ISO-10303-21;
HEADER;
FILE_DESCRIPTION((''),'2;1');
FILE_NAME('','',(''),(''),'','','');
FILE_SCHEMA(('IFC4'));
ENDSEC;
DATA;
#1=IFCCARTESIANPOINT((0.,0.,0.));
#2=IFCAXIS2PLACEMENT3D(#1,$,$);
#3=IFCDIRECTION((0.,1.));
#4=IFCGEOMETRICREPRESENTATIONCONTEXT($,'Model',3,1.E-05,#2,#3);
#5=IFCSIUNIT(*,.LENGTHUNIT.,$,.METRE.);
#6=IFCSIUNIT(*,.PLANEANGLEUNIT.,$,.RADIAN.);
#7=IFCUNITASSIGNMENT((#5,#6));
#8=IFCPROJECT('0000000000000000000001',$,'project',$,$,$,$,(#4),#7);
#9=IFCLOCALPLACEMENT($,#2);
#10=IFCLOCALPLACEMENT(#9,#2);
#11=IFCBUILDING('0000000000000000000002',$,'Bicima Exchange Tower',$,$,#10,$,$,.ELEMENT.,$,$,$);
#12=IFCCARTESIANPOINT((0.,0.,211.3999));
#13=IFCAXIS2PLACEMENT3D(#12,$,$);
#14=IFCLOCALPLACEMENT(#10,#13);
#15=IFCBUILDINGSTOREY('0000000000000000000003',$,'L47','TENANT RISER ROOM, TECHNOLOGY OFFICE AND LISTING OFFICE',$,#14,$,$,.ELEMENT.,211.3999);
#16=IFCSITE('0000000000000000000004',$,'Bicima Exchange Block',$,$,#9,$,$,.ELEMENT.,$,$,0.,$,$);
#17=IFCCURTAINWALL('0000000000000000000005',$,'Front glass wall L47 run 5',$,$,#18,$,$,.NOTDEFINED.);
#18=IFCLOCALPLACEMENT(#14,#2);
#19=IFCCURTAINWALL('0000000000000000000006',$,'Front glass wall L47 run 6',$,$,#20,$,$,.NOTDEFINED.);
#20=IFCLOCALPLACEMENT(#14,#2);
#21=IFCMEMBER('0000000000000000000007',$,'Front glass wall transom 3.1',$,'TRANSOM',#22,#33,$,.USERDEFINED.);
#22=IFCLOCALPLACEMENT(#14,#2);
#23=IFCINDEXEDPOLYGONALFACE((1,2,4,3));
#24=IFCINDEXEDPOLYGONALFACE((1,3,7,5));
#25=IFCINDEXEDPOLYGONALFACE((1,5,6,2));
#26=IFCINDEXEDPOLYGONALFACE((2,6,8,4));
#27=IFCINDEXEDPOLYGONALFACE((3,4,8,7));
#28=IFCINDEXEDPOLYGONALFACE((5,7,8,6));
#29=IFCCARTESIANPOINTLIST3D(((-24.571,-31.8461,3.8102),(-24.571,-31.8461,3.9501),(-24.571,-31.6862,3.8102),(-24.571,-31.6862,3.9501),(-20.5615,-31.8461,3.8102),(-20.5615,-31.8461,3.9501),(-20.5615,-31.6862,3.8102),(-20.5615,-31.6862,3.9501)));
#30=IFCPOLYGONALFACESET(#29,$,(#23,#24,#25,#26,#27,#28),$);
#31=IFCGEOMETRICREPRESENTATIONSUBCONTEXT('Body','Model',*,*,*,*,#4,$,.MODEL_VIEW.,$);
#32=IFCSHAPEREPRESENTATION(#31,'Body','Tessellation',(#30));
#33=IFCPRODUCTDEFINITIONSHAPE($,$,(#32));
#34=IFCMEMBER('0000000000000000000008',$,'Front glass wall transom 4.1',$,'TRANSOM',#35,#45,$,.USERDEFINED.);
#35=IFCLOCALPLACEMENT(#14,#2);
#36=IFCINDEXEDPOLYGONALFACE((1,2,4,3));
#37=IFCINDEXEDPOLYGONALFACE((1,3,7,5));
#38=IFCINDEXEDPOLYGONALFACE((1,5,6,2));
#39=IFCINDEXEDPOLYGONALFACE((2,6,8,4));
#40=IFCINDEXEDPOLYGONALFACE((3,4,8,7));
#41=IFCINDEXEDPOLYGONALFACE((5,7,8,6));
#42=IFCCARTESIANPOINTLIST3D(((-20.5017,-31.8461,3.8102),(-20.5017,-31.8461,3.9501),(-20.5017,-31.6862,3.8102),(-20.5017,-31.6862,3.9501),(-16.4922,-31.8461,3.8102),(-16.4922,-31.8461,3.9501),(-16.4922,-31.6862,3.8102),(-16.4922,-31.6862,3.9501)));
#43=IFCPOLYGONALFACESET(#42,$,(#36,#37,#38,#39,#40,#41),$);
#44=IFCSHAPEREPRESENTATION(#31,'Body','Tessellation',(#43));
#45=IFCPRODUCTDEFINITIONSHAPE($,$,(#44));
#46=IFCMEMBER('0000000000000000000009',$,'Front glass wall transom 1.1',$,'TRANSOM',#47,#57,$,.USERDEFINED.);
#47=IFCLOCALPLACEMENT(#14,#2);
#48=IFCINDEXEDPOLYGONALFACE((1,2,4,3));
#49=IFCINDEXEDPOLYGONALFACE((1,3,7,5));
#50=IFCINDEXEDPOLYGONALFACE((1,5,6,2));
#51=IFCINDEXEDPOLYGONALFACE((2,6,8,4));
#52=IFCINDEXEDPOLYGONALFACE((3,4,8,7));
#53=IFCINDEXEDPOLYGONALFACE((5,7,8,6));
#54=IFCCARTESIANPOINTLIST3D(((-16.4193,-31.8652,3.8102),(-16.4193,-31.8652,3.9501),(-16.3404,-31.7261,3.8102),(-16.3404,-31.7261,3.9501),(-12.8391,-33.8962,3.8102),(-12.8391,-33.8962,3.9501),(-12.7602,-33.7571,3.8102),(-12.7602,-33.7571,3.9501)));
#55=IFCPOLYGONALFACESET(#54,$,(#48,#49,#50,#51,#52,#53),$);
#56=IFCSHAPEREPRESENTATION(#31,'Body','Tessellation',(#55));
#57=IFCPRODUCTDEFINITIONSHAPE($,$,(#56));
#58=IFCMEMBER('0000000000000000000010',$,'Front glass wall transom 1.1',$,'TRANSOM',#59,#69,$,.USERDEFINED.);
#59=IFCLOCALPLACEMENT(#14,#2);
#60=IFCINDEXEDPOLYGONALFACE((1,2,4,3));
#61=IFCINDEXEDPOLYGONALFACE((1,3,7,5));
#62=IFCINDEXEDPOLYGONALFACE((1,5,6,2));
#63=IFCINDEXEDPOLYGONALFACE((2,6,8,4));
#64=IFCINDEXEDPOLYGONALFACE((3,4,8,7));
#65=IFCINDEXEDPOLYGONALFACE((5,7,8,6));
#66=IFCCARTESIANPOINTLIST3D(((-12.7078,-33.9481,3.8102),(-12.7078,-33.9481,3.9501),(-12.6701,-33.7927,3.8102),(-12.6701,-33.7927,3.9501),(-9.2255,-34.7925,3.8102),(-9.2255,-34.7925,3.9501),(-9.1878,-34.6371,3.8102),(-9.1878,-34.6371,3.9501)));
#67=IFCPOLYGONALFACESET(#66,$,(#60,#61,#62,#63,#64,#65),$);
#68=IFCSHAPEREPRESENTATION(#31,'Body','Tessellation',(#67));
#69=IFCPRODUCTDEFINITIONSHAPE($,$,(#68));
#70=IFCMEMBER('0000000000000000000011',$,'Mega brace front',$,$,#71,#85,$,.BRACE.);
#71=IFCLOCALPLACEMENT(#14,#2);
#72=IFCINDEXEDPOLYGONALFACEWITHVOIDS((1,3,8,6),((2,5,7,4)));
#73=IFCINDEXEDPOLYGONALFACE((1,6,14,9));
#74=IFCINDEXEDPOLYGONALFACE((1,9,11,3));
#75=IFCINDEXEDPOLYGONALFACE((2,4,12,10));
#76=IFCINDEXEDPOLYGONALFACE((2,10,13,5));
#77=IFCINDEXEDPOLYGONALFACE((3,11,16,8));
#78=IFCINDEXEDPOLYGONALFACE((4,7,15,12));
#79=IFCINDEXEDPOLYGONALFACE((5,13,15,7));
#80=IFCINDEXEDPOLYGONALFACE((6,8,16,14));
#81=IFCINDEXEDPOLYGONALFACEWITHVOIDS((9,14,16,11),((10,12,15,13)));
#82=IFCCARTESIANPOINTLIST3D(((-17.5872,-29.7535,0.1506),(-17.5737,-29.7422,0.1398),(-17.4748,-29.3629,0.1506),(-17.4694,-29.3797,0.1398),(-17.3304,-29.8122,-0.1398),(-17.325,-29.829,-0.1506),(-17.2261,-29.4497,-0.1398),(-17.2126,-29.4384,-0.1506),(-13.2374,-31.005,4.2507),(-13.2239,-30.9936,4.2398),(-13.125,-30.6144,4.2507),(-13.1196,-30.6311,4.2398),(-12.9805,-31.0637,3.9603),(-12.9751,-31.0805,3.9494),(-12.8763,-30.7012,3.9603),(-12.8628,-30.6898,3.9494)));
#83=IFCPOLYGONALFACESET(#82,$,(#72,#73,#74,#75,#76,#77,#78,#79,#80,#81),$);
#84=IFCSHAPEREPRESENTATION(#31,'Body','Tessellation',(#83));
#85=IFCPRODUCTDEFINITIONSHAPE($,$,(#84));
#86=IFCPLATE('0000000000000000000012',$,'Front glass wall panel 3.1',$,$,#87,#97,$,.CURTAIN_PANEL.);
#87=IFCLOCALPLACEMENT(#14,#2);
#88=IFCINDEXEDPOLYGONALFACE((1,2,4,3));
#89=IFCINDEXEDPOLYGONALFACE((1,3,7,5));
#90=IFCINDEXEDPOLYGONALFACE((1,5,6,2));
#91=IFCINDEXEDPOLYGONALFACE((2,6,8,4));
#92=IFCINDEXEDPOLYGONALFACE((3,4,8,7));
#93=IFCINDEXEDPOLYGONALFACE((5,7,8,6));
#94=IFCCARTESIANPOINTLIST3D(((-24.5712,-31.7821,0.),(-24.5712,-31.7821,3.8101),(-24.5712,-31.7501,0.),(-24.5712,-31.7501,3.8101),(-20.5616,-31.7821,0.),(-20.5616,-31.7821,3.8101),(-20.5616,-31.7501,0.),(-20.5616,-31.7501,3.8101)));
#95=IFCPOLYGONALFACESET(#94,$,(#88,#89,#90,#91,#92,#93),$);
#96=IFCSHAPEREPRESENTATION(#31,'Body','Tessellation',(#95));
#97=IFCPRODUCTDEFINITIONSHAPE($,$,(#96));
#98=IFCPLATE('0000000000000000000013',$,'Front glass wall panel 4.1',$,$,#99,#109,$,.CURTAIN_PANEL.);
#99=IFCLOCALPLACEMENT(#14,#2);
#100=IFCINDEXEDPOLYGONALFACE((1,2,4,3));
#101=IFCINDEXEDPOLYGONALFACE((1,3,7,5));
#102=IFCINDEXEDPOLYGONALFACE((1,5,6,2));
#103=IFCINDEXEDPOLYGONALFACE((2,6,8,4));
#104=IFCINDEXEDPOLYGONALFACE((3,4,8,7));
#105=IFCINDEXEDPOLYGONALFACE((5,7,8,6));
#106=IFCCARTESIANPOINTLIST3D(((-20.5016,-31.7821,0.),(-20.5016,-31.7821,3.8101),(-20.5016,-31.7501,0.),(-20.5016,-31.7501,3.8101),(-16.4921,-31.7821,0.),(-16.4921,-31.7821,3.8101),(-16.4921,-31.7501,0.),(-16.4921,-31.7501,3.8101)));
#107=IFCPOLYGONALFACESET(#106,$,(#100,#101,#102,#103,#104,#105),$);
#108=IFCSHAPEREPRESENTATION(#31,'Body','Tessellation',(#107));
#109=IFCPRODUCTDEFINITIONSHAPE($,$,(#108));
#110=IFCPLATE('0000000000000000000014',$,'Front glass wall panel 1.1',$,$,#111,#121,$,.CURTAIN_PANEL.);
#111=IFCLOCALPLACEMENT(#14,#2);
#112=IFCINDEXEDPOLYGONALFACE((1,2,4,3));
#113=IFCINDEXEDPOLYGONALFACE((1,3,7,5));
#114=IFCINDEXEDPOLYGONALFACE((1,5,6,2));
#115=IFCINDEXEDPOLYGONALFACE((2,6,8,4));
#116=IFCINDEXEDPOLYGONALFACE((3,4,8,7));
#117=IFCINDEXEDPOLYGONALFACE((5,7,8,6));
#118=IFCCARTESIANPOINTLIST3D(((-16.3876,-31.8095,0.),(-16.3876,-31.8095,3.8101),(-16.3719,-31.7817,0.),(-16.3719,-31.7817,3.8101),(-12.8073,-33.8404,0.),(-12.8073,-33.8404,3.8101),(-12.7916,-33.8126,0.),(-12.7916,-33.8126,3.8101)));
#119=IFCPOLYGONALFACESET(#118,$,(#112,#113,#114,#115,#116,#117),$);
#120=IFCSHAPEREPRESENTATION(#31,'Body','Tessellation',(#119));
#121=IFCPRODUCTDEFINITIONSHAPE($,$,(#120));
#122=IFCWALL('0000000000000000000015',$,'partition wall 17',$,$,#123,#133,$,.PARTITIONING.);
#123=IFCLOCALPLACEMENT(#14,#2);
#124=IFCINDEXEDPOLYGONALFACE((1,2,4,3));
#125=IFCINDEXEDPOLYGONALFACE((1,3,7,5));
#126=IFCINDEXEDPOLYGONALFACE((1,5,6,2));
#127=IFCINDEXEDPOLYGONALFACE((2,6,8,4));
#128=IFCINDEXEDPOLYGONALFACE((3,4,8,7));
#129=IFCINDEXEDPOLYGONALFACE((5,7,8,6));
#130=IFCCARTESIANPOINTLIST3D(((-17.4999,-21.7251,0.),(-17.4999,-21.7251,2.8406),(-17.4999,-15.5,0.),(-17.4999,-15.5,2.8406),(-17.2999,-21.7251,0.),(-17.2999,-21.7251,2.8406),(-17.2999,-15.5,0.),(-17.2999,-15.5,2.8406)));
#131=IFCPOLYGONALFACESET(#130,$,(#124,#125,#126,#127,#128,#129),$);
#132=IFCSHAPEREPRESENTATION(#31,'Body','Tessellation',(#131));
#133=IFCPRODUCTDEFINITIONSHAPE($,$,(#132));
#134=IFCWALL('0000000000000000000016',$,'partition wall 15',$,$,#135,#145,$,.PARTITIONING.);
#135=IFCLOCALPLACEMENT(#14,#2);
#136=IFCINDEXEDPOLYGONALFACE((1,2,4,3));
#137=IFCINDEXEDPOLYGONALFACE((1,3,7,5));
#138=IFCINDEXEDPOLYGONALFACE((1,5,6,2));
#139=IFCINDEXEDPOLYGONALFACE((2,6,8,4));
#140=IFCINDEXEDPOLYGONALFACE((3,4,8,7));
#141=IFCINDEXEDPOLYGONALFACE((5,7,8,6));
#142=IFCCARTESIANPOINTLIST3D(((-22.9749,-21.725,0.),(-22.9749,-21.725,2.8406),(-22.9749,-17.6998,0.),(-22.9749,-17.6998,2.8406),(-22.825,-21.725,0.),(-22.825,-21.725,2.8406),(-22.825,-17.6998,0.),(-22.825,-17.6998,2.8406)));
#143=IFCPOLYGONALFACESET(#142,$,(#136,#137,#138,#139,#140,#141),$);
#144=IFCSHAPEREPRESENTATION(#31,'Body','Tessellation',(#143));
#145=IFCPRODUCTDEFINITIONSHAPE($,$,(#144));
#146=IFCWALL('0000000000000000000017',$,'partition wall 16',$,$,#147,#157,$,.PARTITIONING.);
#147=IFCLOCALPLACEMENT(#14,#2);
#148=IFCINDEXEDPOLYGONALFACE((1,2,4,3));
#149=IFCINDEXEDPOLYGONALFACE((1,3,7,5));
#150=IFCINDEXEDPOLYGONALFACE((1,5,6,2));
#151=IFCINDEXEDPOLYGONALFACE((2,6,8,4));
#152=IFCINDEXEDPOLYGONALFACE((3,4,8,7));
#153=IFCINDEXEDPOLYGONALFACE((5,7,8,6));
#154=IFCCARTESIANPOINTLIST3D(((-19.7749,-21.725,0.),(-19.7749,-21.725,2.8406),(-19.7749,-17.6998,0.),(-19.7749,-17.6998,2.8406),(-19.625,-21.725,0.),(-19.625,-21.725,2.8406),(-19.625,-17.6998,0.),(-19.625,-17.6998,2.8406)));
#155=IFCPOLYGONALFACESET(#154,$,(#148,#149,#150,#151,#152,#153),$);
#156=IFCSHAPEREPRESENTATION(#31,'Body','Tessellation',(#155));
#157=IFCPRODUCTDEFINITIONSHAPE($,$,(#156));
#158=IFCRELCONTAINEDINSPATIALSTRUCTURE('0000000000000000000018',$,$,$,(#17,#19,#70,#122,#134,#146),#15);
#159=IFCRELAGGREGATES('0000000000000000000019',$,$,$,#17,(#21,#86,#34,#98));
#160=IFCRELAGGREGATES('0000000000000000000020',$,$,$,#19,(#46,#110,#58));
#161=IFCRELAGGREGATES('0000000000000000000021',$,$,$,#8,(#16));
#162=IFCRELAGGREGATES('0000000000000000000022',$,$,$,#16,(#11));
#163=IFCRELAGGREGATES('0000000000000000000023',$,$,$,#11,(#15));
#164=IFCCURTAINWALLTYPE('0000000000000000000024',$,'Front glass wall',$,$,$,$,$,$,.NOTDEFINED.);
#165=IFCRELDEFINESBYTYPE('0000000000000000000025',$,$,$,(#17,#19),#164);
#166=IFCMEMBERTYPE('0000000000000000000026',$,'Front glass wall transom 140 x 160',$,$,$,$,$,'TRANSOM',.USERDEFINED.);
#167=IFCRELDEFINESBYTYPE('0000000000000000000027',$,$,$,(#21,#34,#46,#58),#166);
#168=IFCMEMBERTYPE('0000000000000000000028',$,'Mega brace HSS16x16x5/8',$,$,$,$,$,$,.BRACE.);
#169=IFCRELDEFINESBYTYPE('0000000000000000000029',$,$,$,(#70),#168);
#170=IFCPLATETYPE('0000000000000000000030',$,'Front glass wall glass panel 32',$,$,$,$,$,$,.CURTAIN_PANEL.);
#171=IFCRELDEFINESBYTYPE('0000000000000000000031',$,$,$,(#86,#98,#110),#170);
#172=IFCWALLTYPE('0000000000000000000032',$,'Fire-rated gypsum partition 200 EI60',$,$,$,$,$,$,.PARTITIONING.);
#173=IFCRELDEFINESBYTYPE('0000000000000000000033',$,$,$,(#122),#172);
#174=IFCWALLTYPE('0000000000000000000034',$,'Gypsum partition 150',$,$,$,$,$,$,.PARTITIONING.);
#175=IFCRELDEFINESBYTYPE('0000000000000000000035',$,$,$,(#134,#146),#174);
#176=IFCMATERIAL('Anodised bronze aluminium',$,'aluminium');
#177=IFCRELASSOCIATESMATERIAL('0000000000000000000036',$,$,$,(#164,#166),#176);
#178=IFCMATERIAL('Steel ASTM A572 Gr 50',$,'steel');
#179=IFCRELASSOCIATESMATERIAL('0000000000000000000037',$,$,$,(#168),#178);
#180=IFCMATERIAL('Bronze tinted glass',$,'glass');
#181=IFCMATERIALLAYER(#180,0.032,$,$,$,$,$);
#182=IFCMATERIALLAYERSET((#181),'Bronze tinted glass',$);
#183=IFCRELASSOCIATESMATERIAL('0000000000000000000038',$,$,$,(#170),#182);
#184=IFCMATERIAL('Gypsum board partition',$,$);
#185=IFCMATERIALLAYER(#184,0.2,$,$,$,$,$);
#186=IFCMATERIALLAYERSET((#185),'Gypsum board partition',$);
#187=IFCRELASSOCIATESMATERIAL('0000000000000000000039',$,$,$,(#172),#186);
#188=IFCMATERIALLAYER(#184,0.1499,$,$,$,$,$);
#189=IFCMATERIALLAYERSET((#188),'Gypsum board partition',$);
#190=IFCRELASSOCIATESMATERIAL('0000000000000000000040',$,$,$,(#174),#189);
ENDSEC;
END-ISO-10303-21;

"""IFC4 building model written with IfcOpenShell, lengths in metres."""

from ifc_helpers import new_model, si_unit, direction, frame, frame_2d, origin, origin_2d, place, context, subcontext, project, spatial, rectangle, hollow_rectangle, extrude, material, layer, layer_set, material_profile, profile_set, type_object, element, aggregate, save


model = new_model("IFC4")

# Units and contexts
model_context = context("Model", 3, precision=1e-05, world=origin(), true_north=direction((0.0, 1.0)))
body_context = subcontext(model_context, "Body", "Model", "MODEL_VIEW")
ifc_project = project(units=[si_unit("LENGTHUNIT", "METRE"), si_unit("PLANEANGLEUNIT", "RADIAN")], contexts=[model_context])

# Site, building, storey
site_placement = place(None, origin())
site = spatial("IfcSite", under=ifc_project, at=site_placement, Name="Bicima Exchange Block", CompositionType="ELEMENT", RefElevation=0.0)
building_placement = place(site_placement, origin())
building = spatial("IfcBuilding", under=site, at=building_placement, Name="Bicima Exchange Tower", CompositionType="ELEMENT")
storey_placement = place(building_placement, frame((0.0, 0.0, 211.3999)))
storey = spatial("IfcBuildingStorey", under=building, at=storey_placement, Name="L47", Description="TENANT RISER ROOM, TECHNOLOGY OFFICE AND LISTING OFFICE", CompositionType="ELEMENT", Elevation=211.3999)

# Shared definitions
ifc_material_1 = material(Name="Steel ASTM A572 Gr 50", Category="steel")

# Curtain walls
ifc_material_2 = material(Name="Anodised bronze aluminium", Category="aluminium")
curtain_wall_type = type_object("IfcCurtainWallType", Name="Front glass wall", PredefinedType="NOTDEFINED", material=ifc_material_2)
curtain_wall_1_placement = place(storey_placement, origin())
curtain_wall_1 = element("IfcCurtainWall", 1, at=curtain_wall_1_placement, inside=storey, type_object=curtain_wall_type, Name="Front glass wall L47 run 5", PredefinedType="NOTDEFINED")
curtain_wall_2_placement = place(storey_placement, origin())
curtain_wall_2 = element("IfcCurtainWall", 2, at=curtain_wall_2_placement, inside=storey, type_object=curtain_wall_type, Name="Front glass wall L47 run 6", PredefinedType="NOTDEFINED")

# Members
ifc_material_profile_1 = material_profile(ifc_material_2, rectangle(XDim=0.1599, YDim=0.1399, at=origin_2d()))
ifc_profile_set_1 = profile_set([ifc_material_profile_1], Name="Anodised bronze aluminium")
member_type_1 = type_object("IfcMemberType", Name="Front glass wall transom 140 x 160", ElementType="TRANSOM", PredefinedType="USERDEFINED", material=ifc_profile_set_1)
member_1_placement = place(storey_placement, frame((-24.571, -31.7661, 3.8801), z_axis=(1.0, 0.0, 0.0), x_axis=(0.0, 1.0, 0.0)))
member_1 = element("IfcMember", 3, at=member_1_placement, type_object=member_type_1, Name="Front glass wall transom 3.1", ObjectType="TRANSOM", PredefinedType="USERDEFINED", context=body_context, shape_type="SweptSolid", body=[
    extrude(rectangle(XDim=0.1599, YDim=0.1399, at=origin_2d()), origin(), (0.0, 0.0, 1.0), 4.0095),
])
member_2_placement = place(storey_placement, frame((-20.5017, -31.7661, 3.8801), z_axis=(1.0, 0.0, 0.0), x_axis=(0.0, 1.0, 0.0)))
member_2 = element("IfcMember", 4, at=member_2_placement, type_object=member_type_1, Name="Front glass wall transom 4.1", ObjectType="TRANSOM", PredefinedType="USERDEFINED", context=body_context, shape_type="SweptSolid", body=[
    extrude(rectangle(XDim=0.1599, YDim=0.1399, at=origin_2d()), origin(), (0.0, 0.0, 1.0), 4.0095),
])
member_3_placement = place(storey_placement, frame((-16.3799, -31.7957, 3.8801), z_axis=(0.869797, -0.493409, 0.0), x_axis=(0.493409, 0.869797, 0.0)))
member_3 = element("IfcMember", 5, at=member_3_placement, type_object=member_type_1, Name="Front glass wall transom 1.1", ObjectType="TRANSOM", PredefinedType="USERDEFINED", context=body_context, shape_type="SweptSolid", body=[
    extrude(rectangle(XDim=0.1599, YDim=0.1399, at=origin_2d()), origin(), (0.0, 0.0, 1.0), 4.1162),
])
member_4_placement = place(storey_placement, frame((-12.689, -33.8704, 3.8801), z_axis=(0.971834, -0.235668, 0.0), x_axis=(0.235668, 0.971834, 0.0)))
member_4 = element("IfcMember", 6, at=member_4_placement, type_object=member_type_1, Name="Front glass wall transom 1.1", ObjectType="TRANSOM", PredefinedType="USERDEFINED", context=body_context, shape_type="SweptSolid", body=[
    extrude(rectangle(XDim=0.1599, YDim=0.1399, at=origin_2d()), origin(), (0.0, 0.0, 1.0), 3.5833),
])
ifc_material_profile_2 = material_profile(ifc_material_1, hollow_rectangle(XDim=0.4065, YDim=0.4065, WallThickness=0.0146, at=origin_2d()))
ifc_profile_set_2 = profile_set([ifc_material_profile_2], Name="Steel ASTM A572 Gr 50")
member_type_2 = type_object("IfcMemberType", Name="Mega brace HSS16x16x5/8", PredefinedType="BRACE", material=ifc_profile_set_2)
member_5_placement = place(storey_placement, frame((-17.3999, -29.5959, 0.0), z_axis=(0.712247, -0.204915, 0.671352), x_axis=(0.276487, 0.961018, 0.0)))
element("IfcMember", 7, at=member_5_placement, inside=storey, type_object=member_type_2, Name="Mega brace front", PredefinedType="BRACE", context=body_context, shape_type="SweptSolid", body=[
    extrude(hollow_rectangle(XDim=0.4065, YDim=0.4065, WallThickness=0.0146, at=origin_2d()), origin(), (0.0, 0.0, 1.0), 6.1072),
])

# Plates
ifc_material_3 = material(Name="Bronze tinted glass", Category="glass")
ifc_layer_1 = layer(ifc_material_3, 0.032)
ifc_layer_set_1 = layer_set([ifc_layer_1], Name="Bronze tinted glass")
plate_type = type_object("IfcPlateType", Name="Front glass wall glass panel 32", PredefinedType="CURTAIN_PANEL", material=ifc_layer_set_1)
plate_1_placement = place(storey_placement, frame((-22.5664, -31.7661, 0.0), z_axis=(0.0, 0.0, 1.0), x_axis=(1.0, 0.0, 0.0)))
plate_1 = element("IfcPlate", 8, at=plate_1_placement, type_object=plate_type, Name="Front glass wall panel 3.1", PredefinedType="CURTAIN_PANEL", context=body_context, shape_type="SweptSolid", body=[
    extrude(rectangle(XDim=4.0095, YDim=0.032, at=origin_2d()), origin(), (0.0, 0.0, 1.0), 3.8101),
])
plate_2_placement = place(storey_placement, frame((-18.4968, -31.7661, 0.0), z_axis=(0.0, 0.0, 1.0), x_axis=(1.0, 0.0, 0.0)))
plate_2 = element("IfcPlate", 9, at=plate_2_placement, type_object=plate_type, Name="Front glass wall panel 4.1", PredefinedType="CURTAIN_PANEL", context=body_context, shape_type="SweptSolid", body=[
    extrude(rectangle(XDim=4.0095, YDim=0.032, at=origin_2d()), origin(), (0.0, 0.0, 1.0), 3.8101),
])
aggregate(curtain_wall_1, [member_1, plate_1, member_2, plate_2])
plate_3_placement = place(storey_placement, frame((-14.5896, -32.811, 0.0), z_axis=(0.0, 0.0, 1.0), x_axis=(0.869805, -0.493395, 0.0)))
plate_3 = element("IfcPlate", 10, at=plate_3_placement, type_object=plate_type, Name="Front glass wall panel 1.1", PredefinedType="CURTAIN_PANEL", context=body_context, shape_type="SweptSolid", body=[
    extrude(rectangle(XDim=4.1162, YDim=0.032, at=origin_2d()), origin(), (0.0, 0.0, 1.0), 3.8101),
])
aggregate(curtain_wall_2, [member_3, plate_3, member_4])

# Walls
ifc_material_4 = material(Name="Gypsum board partition")
ifc_layer_2 = layer(ifc_material_4, 0.2)
ifc_layer_set_2 = layer_set([ifc_layer_2], Name="Gypsum board partition")
wall_type_1 = type_object("IfcWallType", Name="Fire-rated gypsum partition 200 EI60", PredefinedType="PARTITIONING", material=ifc_layer_set_2)
wall_placement = place(storey_placement, frame((-17.3999, -21.7251, 0.0), z_axis=(0.0, 0.0, 1.0), x_axis=(0.0, 1.0, 0.0)))
element("IfcWall", 11, at=wall_placement, inside=storey, type_object=wall_type_1, Name="partition wall 17", PredefinedType="PARTITIONING", context=body_context, shape_type="SweptSolid", body=[
    extrude(rectangle(XDim=6.2251, YDim=0.2, at=frame_2d((3.1125, 0.0))), origin(), (0.0, 0.0, 1.0), 2.8406),
])
ifc_layer_3 = layer(ifc_material_4, 0.1499)
ifc_layer_set_3 = layer_set([ifc_layer_3], Name="Gypsum board partition")
wall_type_2 = type_object("IfcWallType", Name="Gypsum partition 150", PredefinedType="PARTITIONING", material=ifc_layer_set_3)
for number, where, z_axis, x_axis, name in (
    (12, (-22.8999, -21.7251, 0.0), (0.0, 0.0, 1.0), (0.0, 1.0, 0.0), "partition wall 15"),
    (13, (-19.7, -21.7251, 0.0), (0.0, 0.0, 1.0), (0.0, 1.0, 0.0), "partition wall 16"),
):
    element("IfcWall", number, at=place(storey_placement, frame(where, z_axis=z_axis, x_axis=x_axis)), inside=storey, type_object=wall_type_2, Name=name, PredefinedType="PARTITIONING", context=body_context, shape_type="SweptSolid", body=[
        extrude(rectangle(XDim=4.0251, YDim=0.1499, at=frame_2d((2.0127, 0.0))), origin(), (0.0, 0.0, 1.0), 2.8406),
    ])

save(model, "model.ifc")
